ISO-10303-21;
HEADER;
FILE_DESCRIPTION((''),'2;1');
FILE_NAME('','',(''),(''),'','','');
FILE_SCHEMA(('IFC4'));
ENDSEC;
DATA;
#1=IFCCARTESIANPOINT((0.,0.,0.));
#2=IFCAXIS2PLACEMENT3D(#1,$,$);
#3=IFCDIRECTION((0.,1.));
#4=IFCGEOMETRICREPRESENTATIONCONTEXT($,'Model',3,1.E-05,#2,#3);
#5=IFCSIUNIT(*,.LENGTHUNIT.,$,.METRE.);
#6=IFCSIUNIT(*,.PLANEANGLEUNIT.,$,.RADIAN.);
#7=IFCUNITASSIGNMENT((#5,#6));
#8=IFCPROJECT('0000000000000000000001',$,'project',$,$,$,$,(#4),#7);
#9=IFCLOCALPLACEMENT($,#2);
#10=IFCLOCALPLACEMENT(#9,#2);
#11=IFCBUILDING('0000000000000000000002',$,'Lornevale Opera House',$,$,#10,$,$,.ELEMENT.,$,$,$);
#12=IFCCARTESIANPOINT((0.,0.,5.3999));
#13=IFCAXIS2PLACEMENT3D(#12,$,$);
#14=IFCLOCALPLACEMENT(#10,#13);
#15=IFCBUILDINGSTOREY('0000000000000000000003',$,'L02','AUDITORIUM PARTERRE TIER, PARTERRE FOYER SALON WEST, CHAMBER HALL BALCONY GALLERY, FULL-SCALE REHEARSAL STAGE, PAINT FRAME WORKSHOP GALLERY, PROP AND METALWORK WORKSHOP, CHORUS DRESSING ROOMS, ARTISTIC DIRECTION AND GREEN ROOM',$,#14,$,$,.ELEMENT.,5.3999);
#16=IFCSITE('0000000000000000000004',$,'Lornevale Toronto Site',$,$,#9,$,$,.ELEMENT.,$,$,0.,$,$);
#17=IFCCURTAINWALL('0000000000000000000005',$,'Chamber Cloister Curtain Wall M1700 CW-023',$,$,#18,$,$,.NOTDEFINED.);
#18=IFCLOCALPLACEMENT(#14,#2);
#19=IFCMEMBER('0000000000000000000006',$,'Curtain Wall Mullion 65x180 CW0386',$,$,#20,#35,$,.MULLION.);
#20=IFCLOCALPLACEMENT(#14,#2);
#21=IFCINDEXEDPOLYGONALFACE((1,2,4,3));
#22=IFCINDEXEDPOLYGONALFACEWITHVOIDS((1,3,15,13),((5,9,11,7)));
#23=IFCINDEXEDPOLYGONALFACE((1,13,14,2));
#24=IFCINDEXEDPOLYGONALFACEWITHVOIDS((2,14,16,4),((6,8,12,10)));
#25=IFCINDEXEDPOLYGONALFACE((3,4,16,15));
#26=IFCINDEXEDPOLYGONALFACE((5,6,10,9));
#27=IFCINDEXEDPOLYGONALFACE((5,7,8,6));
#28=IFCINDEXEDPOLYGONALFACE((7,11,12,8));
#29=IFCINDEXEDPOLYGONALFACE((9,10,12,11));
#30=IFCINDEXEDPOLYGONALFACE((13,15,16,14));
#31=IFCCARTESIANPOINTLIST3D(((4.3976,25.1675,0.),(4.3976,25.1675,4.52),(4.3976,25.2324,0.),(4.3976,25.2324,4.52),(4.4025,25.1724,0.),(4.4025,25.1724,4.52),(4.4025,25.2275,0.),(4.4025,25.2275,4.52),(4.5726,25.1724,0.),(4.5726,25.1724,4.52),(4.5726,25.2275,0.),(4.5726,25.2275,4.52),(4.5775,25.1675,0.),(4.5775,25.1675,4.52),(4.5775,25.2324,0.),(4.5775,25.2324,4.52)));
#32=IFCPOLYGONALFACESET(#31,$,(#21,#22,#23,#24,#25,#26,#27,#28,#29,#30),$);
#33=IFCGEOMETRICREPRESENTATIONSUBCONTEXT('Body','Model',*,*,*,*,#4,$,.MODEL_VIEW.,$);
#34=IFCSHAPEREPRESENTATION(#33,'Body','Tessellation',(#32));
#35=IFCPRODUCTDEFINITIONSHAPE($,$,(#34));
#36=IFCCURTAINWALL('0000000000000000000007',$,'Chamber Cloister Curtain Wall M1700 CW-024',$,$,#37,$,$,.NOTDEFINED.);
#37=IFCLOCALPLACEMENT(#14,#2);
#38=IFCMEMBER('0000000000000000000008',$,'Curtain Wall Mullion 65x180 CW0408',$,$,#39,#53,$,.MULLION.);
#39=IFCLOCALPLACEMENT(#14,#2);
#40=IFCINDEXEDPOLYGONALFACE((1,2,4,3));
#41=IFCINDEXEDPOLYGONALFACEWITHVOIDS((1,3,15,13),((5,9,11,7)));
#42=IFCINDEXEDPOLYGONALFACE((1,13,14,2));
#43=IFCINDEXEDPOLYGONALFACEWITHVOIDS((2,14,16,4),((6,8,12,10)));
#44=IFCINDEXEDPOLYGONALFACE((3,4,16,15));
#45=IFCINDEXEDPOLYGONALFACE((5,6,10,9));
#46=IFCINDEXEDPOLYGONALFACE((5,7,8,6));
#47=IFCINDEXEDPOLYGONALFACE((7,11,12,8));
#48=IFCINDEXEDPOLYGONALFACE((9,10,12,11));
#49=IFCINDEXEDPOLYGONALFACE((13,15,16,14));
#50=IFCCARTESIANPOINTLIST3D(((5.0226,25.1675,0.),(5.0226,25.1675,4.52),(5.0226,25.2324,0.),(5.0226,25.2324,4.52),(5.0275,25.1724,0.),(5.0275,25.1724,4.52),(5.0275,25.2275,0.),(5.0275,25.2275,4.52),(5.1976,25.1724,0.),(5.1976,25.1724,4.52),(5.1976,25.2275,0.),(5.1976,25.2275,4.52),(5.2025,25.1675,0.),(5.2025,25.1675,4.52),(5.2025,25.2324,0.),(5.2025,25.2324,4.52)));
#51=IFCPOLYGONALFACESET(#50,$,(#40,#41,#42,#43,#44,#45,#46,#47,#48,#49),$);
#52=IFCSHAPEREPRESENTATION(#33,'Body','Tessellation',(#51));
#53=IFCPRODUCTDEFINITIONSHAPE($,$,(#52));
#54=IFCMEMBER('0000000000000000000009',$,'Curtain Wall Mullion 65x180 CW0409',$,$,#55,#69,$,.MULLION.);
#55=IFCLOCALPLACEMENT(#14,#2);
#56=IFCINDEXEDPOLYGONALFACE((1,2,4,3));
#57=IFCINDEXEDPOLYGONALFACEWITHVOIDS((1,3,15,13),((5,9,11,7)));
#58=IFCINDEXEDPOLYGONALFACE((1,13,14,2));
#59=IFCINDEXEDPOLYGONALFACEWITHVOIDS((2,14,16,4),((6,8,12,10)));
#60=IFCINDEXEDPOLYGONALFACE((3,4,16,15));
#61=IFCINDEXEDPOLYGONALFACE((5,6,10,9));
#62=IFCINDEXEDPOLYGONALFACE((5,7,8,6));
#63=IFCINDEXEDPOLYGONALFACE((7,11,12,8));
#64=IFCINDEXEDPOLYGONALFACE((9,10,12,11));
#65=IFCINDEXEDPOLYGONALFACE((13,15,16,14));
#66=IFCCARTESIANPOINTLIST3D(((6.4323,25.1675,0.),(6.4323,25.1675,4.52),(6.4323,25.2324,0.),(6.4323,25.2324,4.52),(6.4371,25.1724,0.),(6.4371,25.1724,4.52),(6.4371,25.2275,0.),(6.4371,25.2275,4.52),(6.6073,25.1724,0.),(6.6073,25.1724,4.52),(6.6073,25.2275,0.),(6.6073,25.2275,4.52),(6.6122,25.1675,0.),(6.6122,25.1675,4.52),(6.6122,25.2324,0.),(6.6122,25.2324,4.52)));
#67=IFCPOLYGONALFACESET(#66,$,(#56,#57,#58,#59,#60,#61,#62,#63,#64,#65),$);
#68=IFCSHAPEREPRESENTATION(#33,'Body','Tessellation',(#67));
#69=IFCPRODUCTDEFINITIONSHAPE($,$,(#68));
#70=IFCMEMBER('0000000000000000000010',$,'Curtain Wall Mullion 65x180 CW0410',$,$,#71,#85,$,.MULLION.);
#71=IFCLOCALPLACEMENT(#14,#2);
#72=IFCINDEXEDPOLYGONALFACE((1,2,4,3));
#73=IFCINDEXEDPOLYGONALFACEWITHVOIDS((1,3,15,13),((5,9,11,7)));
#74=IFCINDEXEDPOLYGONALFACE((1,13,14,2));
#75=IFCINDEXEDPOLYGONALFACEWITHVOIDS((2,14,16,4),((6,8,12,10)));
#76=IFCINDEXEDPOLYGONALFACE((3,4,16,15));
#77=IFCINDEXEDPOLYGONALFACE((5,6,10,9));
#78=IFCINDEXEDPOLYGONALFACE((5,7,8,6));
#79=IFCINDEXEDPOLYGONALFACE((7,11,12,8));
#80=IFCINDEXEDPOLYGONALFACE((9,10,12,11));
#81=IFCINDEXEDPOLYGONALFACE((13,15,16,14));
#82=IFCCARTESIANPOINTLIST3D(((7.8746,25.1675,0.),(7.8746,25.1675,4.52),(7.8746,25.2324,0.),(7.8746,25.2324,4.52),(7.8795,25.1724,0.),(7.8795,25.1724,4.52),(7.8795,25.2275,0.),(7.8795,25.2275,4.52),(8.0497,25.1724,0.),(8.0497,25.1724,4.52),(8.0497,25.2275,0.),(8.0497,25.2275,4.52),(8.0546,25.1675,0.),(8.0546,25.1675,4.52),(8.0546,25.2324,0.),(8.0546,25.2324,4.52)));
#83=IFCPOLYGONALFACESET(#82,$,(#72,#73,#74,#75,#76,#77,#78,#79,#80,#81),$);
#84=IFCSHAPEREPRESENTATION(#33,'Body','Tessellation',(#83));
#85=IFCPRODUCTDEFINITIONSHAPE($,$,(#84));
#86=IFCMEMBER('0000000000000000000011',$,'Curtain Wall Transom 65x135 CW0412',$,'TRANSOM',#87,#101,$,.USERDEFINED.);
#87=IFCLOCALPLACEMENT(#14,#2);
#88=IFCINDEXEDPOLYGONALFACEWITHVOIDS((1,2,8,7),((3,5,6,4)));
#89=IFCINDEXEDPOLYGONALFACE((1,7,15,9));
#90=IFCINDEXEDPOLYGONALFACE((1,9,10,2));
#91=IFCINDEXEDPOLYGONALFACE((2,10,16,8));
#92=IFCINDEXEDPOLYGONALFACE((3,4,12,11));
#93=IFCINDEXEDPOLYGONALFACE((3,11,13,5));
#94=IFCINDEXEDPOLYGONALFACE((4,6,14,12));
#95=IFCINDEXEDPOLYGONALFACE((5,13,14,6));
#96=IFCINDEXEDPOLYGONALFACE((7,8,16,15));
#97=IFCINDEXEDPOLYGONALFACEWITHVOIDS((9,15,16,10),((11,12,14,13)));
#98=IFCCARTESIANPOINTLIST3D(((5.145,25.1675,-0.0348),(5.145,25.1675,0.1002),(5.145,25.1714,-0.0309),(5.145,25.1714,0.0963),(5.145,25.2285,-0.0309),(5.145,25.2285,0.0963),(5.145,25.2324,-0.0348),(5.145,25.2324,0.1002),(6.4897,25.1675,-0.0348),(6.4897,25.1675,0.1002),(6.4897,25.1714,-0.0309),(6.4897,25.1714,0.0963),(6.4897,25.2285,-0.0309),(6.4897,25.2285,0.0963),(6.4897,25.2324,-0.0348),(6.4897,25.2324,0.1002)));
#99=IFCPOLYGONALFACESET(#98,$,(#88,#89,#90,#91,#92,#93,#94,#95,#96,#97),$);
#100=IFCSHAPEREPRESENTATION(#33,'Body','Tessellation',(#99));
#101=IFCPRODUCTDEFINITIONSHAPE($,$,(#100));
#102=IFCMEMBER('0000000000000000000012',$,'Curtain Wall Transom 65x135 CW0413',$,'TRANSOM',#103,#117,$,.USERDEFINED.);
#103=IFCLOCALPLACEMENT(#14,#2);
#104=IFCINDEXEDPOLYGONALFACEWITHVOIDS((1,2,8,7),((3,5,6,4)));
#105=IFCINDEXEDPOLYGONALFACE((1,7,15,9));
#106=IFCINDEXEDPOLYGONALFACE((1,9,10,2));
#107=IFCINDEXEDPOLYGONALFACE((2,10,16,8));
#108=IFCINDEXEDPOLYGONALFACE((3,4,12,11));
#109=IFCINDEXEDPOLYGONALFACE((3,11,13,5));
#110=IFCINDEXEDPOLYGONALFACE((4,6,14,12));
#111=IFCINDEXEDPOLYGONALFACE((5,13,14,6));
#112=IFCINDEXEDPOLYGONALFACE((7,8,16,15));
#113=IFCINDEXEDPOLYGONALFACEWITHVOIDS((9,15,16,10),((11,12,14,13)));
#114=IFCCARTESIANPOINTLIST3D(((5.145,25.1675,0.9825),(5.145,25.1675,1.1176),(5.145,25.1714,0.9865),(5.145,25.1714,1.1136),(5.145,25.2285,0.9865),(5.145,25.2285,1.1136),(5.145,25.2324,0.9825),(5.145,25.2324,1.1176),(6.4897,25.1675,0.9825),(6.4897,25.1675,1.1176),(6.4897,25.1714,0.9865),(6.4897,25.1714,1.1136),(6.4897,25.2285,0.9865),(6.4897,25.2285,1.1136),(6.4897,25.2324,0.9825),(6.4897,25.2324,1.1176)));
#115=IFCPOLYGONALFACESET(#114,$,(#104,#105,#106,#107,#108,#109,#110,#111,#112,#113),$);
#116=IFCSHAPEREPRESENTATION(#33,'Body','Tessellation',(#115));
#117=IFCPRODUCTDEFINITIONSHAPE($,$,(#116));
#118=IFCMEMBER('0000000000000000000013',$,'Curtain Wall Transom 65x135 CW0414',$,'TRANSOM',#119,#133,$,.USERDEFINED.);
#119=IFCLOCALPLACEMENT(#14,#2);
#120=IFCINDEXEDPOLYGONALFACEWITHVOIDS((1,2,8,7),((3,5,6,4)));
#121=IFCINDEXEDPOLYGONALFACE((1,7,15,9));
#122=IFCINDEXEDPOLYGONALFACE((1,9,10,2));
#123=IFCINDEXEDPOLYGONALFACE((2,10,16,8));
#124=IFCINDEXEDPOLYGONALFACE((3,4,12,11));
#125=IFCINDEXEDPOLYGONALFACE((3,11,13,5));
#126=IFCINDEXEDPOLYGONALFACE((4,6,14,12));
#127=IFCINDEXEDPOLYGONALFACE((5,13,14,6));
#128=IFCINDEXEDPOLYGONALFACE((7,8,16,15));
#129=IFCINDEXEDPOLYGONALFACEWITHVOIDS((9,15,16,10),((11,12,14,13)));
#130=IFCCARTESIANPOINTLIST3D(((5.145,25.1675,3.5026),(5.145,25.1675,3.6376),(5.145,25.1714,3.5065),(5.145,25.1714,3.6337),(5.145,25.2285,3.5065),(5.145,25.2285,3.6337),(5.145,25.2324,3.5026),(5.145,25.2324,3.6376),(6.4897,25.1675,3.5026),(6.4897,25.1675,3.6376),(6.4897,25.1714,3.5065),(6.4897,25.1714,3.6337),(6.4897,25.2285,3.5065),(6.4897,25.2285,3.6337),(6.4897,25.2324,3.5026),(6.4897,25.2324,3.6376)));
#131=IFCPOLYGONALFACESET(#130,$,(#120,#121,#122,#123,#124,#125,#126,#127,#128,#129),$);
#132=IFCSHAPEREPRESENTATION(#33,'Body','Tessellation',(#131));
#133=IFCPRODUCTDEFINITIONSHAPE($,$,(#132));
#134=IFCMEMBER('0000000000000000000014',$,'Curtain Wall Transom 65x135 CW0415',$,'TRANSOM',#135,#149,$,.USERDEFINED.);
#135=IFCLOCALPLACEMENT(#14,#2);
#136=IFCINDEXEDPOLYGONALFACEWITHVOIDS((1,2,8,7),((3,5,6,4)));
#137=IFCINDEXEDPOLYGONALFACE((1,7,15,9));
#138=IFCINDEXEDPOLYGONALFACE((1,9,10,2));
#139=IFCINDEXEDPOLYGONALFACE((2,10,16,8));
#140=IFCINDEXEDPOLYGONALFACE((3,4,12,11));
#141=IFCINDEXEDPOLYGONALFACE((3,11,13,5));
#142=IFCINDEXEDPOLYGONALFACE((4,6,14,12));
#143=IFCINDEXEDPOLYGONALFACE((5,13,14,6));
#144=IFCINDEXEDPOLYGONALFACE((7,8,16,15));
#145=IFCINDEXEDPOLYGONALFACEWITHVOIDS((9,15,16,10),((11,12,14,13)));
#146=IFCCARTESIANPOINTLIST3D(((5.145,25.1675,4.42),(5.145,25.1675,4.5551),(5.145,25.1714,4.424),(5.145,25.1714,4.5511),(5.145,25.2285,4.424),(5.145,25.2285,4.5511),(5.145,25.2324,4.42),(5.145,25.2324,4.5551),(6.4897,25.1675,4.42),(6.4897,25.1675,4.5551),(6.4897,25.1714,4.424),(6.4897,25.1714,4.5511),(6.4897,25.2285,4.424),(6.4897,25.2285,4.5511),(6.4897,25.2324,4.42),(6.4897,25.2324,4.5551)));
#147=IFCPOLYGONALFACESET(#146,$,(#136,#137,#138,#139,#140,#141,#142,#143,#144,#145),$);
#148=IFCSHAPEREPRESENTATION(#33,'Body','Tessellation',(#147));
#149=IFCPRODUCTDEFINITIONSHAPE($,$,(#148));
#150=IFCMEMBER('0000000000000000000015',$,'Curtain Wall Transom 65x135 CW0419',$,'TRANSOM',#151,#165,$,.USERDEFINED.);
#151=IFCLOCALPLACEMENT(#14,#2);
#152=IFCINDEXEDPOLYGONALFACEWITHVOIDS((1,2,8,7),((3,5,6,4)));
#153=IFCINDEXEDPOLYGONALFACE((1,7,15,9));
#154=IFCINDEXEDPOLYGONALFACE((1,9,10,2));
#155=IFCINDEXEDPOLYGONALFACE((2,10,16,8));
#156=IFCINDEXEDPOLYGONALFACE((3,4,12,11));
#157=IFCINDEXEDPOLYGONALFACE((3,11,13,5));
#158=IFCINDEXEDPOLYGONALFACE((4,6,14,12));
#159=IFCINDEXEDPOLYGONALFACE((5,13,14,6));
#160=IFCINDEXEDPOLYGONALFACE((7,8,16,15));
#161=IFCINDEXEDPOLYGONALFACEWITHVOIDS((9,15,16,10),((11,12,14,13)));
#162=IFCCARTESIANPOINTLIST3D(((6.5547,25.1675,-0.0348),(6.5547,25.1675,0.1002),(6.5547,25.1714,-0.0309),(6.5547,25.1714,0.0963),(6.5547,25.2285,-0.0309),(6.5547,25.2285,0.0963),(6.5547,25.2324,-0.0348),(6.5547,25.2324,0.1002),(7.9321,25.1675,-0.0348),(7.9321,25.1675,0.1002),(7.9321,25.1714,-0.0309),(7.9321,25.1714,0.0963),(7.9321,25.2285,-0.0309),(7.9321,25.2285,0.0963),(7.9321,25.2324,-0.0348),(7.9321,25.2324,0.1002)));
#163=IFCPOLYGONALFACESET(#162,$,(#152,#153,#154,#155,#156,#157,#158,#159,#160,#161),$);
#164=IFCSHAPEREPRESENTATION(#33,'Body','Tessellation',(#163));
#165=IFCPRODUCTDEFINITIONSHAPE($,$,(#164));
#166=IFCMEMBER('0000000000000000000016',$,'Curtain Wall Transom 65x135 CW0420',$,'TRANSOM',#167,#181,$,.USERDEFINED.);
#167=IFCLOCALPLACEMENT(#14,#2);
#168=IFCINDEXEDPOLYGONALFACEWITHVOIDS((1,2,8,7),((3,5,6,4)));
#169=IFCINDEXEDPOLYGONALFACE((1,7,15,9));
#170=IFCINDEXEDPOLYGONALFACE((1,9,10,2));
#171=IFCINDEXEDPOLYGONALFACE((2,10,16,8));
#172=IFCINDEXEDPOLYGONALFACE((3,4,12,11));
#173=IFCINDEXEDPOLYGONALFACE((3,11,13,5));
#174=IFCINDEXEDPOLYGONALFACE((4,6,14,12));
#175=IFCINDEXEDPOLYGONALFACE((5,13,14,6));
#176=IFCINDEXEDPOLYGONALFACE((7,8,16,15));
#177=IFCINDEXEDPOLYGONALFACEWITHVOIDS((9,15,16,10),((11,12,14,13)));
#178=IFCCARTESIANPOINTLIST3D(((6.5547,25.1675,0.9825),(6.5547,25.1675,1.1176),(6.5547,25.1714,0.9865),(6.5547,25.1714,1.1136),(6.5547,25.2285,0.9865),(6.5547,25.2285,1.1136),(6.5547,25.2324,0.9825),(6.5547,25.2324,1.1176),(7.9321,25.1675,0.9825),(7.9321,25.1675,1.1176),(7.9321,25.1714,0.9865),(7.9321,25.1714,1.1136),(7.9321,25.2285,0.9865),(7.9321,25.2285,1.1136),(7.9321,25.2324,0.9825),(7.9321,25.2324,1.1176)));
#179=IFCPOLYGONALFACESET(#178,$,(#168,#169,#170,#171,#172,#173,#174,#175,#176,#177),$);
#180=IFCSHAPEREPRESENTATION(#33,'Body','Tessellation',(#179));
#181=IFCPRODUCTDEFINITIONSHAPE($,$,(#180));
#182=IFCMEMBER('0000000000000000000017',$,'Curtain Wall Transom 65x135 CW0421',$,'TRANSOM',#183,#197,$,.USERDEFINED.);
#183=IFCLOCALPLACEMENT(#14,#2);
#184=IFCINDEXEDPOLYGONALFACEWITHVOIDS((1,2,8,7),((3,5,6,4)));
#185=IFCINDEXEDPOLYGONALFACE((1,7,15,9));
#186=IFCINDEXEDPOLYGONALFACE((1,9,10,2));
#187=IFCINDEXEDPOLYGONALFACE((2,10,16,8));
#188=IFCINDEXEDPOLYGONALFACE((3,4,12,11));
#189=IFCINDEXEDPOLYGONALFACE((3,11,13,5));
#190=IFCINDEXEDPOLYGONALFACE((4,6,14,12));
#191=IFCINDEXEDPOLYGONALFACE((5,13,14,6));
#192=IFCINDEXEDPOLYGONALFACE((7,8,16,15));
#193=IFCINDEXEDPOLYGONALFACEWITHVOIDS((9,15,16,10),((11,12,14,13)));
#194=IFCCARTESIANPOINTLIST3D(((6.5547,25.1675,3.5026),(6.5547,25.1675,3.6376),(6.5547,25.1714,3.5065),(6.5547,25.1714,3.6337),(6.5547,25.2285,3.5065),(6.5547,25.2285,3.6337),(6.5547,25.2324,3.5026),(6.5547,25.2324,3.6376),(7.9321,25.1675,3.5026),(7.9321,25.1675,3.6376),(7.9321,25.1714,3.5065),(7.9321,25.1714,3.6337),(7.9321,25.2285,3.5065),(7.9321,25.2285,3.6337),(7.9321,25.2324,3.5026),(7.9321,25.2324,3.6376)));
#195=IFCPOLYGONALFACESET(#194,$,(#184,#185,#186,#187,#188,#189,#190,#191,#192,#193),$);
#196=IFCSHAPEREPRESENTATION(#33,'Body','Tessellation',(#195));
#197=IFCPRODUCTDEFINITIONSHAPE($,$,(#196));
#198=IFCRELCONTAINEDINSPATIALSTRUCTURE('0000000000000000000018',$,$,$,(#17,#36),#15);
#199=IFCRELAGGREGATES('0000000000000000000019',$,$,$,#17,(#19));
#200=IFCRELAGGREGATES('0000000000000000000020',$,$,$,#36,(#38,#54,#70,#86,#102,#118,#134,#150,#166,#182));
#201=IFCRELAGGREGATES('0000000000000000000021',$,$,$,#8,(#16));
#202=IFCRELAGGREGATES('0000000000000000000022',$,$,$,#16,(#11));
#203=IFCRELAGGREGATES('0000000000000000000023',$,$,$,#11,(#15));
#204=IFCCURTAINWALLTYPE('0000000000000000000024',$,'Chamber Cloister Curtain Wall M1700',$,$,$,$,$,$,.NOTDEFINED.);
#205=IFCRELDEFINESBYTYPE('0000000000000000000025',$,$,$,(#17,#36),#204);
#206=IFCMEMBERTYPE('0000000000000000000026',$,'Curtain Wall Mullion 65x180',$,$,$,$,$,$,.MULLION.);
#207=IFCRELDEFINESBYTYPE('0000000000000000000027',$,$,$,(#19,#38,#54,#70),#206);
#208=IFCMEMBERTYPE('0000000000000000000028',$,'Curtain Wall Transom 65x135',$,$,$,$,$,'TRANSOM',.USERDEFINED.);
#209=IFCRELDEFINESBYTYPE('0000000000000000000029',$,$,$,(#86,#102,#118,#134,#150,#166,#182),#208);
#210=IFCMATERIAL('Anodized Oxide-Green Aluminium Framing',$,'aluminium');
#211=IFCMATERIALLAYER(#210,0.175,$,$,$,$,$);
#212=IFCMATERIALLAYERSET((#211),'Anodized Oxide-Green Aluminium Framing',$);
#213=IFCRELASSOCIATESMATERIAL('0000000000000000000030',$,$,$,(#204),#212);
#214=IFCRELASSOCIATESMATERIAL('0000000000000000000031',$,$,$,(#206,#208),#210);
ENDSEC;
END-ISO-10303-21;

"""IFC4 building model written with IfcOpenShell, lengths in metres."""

from ifc_helpers import new_model, si_unit, direction, frame, origin, origin_2d, place, context, subcontext, project, spatial, hollow_rectangle, extrude, material, layer, layer_set, material_profile, profile_set, type_object, element, aggregate, save


model = new_model("IFC4")

# Units and contexts
model_context = context("Model", 3, precision=1e-05, world=origin(), true_north=direction((0.0, 1.0)))
body_context = subcontext(model_context, "Body", "Model", "MODEL_VIEW")
ifc_project = project(units=[si_unit("LENGTHUNIT", "METRE"), si_unit("PLANEANGLEUNIT", "RADIAN")], contexts=[model_context])

# Site, building, storey
site_placement = place(None, origin())
site = spatial("IfcSite", under=ifc_project, at=site_placement, Name="Lornevale Toronto Site", CompositionType="ELEMENT", RefElevation=0.0)
building_placement = place(site_placement, origin())
building = spatial("IfcBuilding", under=site, at=building_placement, Name="Lornevale Opera House", CompositionType="ELEMENT")
storey_placement = place(building_placement, frame((0.0, 0.0, 5.3999)))
storey = spatial("IfcBuildingStorey", under=building, at=storey_placement, Name="L02", Description="AUDITORIUM PARTERRE TIER, PARTERRE FOYER SALON WEST, CHAMBER HALL BALCONY GALLERY, FULL-SCALE REHEARSAL STAGE, PAINT FRAME WORKSHOP GALLERY, PROP AND METALWORK WORKSHOP, CHORUS DRESSING ROOMS, ARTISTIC DIRECTION AND GREEN ROOM", CompositionType="ELEMENT", Elevation=5.3999)

# Curtain wall, member
ifc_material_1 = material(Name="Anodized Oxide-Green Aluminium Framing", Category="aluminium")
ifc_layer_1 = layer(ifc_material_1, 0.175)
ifc_layer_set_1 = layer_set([ifc_layer_1], Name="Anodized Oxide-Green Aluminium Framing")
curtain_wall_type = type_object("IfcCurtainWallType", Name="Chamber Cloister Curtain Wall M1700", PredefinedType="NOTDEFINED", material=ifc_layer_set_1)
curtain_wall_1_placement = place(storey_placement, origin())
curtain_wall_1 = element("IfcCurtainWall", 1, at=curtain_wall_1_placement, inside=storey, type_object=curtain_wall_type, Name="Chamber Cloister Curtain Wall M1700 CW-023", PredefinedType="NOTDEFINED")
ifc_material_profile_1 = material_profile(ifc_material_1, hollow_rectangle(XDim=0.0649, YDim=0.1799, WallThickness=0.0049, at=origin_2d()), Name="ALU65x180x5")
ifc_profile_set_1 = profile_set([ifc_material_profile_1], Name="Anodized Oxide-Green Aluminium Framing")
member_type_1 = type_object("IfcMemberType", Name="Curtain Wall Mullion 65x180", PredefinedType="MULLION", material=ifc_profile_set_1)
member_1_placement = place(storey_placement, frame((4.4875, 25.2, 0.0), z_axis=(0.0, 0.0, 1.0), x_axis=(0.0, 1.0, 0.0)))
member_1 = element("IfcMember", 2, at=member_1_placement, type_object=member_type_1, Name="Curtain Wall Mullion 65x180 CW0386", PredefinedType="MULLION", context=body_context, shape_type="SweptSolid", body=[
    extrude(hollow_rectangle(XDim=0.0649, YDim=0.1799, WallThickness=0.0049, at=origin_2d()), origin(), (0.0, 0.0, 1.0), 4.52),
])
aggregate(curtain_wall_1, [member_1])

# Curtain wall, members
curtain_wall_2_placement = place(storey_placement, origin())
curtain_wall_2 = element("IfcCurtainWall", 3, at=curtain_wall_2_placement, inside=storey, type_object=curtain_wall_type, Name="Chamber Cloister Curtain Wall M1700 CW-024", PredefinedType="NOTDEFINED")
member_2_placement = place(storey_placement, frame((5.1125, 25.2, 0.0), z_axis=(0.0, 0.0, 1.0), x_axis=(0.0, 1.0, 0.0)))
member_2 = element("IfcMember", 4, at=member_2_placement, type_object=member_type_1, Name="Curtain Wall Mullion 65x180 CW0408", PredefinedType="MULLION", context=body_context, shape_type="SweptSolid", body=[
    extrude(hollow_rectangle(XDim=0.0649, YDim=0.1799, WallThickness=0.0049, at=origin_2d()), origin(), (0.0, 0.0, 1.0), 4.52),
])
member_3_placement = place(storey_placement, frame((6.5222, 25.2, 0.0), z_axis=(0.0, 0.0, 1.0), x_axis=(0.0, 1.0, 0.0)))
member_3 = element("IfcMember", 5, at=member_3_placement, type_object=member_type_1, Name="Curtain Wall Mullion 65x180 CW0409", PredefinedType="MULLION", context=body_context, shape_type="SweptSolid", body=[
    extrude(hollow_rectangle(XDim=0.0649, YDim=0.1799, WallThickness=0.0049, at=origin_2d()), origin(), (0.0, 0.0, 1.0), 4.52),
])
member_4_placement = place(storey_placement, frame((7.9646, 25.2, 0.0), z_axis=(0.0, 0.0, 1.0), x_axis=(0.0, 1.0, 0.0)))
member_4 = element("IfcMember", 6, at=member_4_placement, type_object=member_type_1, Name="Curtain Wall Mullion 65x180 CW0410", PredefinedType="MULLION", context=body_context, shape_type="SweptSolid", body=[
    extrude(hollow_rectangle(XDim=0.0649, YDim=0.1799, WallThickness=0.0049, at=origin_2d()), origin(), (0.0, 0.0, 1.0), 4.52),
])
ifc_material_profile_2 = material_profile(ifc_material_1, hollow_rectangle(XDim=0.0649, YDim=0.135, WallThickness=0.0039, at=origin_2d()), Name="ALU65x135x4")
ifc_profile_set_2 = profile_set([ifc_material_profile_2], Name="Anodized Oxide-Green Aluminium Framing")
member_type_2 = type_object("IfcMemberType", Name="Curtain Wall Transom 65x135", ElementType="TRANSOM", PredefinedType="USERDEFINED", material=ifc_profile_set_2)
member_5_placement = place(storey_placement, frame((5.145, 25.2, 0.0327), z_axis=(1.0, 0.0, 0.0), x_axis=(0.0, 1.0, 0.0)))
member_5 = element("IfcMember", 7, at=member_5_placement, type_object=member_type_2, Name="Curtain Wall Transom 65x135 CW0412", ObjectType="TRANSOM", PredefinedType="USERDEFINED", context=body_context, shape_type="SweptSolid", body=[
    extrude(hollow_rectangle(XDim=0.0649, YDim=0.135, WallThickness=0.0039, at=origin_2d()), origin(), (0.0, 0.0, 1.0), 1.3447),
])
member_6_placement = place(storey_placement, frame((5.145, 25.2, 1.05), z_axis=(1.0, 0.0, 0.0), x_axis=(0.0, 1.0, 0.0)))
member_6 = element("IfcMember", 8, at=member_6_placement, type_object=member_type_2, Name="Curtain Wall Transom 65x135 CW0413", ObjectType="TRANSOM", PredefinedType="USERDEFINED", context=body_context, shape_type="SweptSolid", body=[
    extrude(hollow_rectangle(XDim=0.0649, YDim=0.135, WallThickness=0.0039, at=origin_2d()), origin(), (0.0, 0.0, 1.0), 1.3447),
])
member_7_placement = place(storey_placement, frame((5.145, 25.2, 3.5701), z_axis=(1.0, 0.0, 0.0), x_axis=(0.0, 1.0, 0.0)))
member_7 = element("IfcMember", 9, at=member_7_placement, type_object=member_type_2, Name="Curtain Wall Transom 65x135 CW0414", ObjectType="TRANSOM", PredefinedType="USERDEFINED", context=body_context, shape_type="SweptSolid", body=[
    extrude(hollow_rectangle(XDim=0.0649, YDim=0.135, WallThickness=0.0039, at=origin_2d()), origin(), (0.0, 0.0, 1.0), 1.3447),
])
member_8_placement = place(storey_placement, frame((5.145, 25.2, 4.4875), z_axis=(1.0, 0.0, 0.0), x_axis=(0.0, 1.0, 0.0)))
member_8 = element("IfcMember", 10, at=member_8_placement, type_object=member_type_2, Name="Curtain Wall Transom 65x135 CW0415", ObjectType="TRANSOM", PredefinedType="USERDEFINED", context=body_context, shape_type="SweptSolid", body=[
    extrude(hollow_rectangle(XDim=0.0649, YDim=0.135, WallThickness=0.0039, at=origin_2d()), origin(), (0.0, 0.0, 1.0), 1.3447),
])
member_9_placement = place(storey_placement, frame((6.5547, 25.2, 0.0327), z_axis=(1.0, 0.0, 0.0), x_axis=(0.0, 1.0, 0.0)))
member_9 = element("IfcMember", 11, at=member_9_placement, type_object=member_type_2, Name="Curtain Wall Transom 65x135 CW0419", ObjectType="TRANSOM", PredefinedType="USERDEFINED", context=body_context, shape_type="SweptSolid", body=[
    extrude(hollow_rectangle(XDim=0.0649, YDim=0.135, WallThickness=0.0039, at=origin_2d()), origin(), (0.0, 0.0, 1.0), 1.3774),
])
member_10_placement = place(storey_placement, frame((6.5547, 25.2, 1.05), z_axis=(1.0, 0.0, 0.0), x_axis=(0.0, 1.0, 0.0)))
member_10 = element("IfcMember", 12, at=member_10_placement, type_object=member_type_2, Name="Curtain Wall Transom 65x135 CW0420", ObjectType="TRANSOM", PredefinedType="USERDEFINED", context=body_context, shape_type="SweptSolid", body=[
    extrude(hollow_rectangle(XDim=0.0649, YDim=0.135, WallThickness=0.0039, at=origin_2d()), origin(), (0.0, 0.0, 1.0), 1.3774),
])
member_11_placement = place(storey_placement, frame((6.5547, 25.2, 3.5701), z_axis=(1.0, 0.0, 0.0), x_axis=(0.0, 1.0, 0.0)))
member_11 = element("IfcMember", 13, at=member_11_placement, type_object=member_type_2, Name="Curtain Wall Transom 65x135 CW0421", ObjectType="TRANSOM", PredefinedType="USERDEFINED", context=body_context, shape_type="SweptSolid", body=[
    extrude(hollow_rectangle(XDim=0.0649, YDim=0.135, WallThickness=0.0039, at=origin_2d()), origin(), (0.0, 0.0, 1.0), 1.3774),
])
aggregate(curtain_wall_2, [member_2, member_3, member_4, member_5, member_6, member_7, member_8, member_9, member_10, member_11])

save(model, "model.ifc")
